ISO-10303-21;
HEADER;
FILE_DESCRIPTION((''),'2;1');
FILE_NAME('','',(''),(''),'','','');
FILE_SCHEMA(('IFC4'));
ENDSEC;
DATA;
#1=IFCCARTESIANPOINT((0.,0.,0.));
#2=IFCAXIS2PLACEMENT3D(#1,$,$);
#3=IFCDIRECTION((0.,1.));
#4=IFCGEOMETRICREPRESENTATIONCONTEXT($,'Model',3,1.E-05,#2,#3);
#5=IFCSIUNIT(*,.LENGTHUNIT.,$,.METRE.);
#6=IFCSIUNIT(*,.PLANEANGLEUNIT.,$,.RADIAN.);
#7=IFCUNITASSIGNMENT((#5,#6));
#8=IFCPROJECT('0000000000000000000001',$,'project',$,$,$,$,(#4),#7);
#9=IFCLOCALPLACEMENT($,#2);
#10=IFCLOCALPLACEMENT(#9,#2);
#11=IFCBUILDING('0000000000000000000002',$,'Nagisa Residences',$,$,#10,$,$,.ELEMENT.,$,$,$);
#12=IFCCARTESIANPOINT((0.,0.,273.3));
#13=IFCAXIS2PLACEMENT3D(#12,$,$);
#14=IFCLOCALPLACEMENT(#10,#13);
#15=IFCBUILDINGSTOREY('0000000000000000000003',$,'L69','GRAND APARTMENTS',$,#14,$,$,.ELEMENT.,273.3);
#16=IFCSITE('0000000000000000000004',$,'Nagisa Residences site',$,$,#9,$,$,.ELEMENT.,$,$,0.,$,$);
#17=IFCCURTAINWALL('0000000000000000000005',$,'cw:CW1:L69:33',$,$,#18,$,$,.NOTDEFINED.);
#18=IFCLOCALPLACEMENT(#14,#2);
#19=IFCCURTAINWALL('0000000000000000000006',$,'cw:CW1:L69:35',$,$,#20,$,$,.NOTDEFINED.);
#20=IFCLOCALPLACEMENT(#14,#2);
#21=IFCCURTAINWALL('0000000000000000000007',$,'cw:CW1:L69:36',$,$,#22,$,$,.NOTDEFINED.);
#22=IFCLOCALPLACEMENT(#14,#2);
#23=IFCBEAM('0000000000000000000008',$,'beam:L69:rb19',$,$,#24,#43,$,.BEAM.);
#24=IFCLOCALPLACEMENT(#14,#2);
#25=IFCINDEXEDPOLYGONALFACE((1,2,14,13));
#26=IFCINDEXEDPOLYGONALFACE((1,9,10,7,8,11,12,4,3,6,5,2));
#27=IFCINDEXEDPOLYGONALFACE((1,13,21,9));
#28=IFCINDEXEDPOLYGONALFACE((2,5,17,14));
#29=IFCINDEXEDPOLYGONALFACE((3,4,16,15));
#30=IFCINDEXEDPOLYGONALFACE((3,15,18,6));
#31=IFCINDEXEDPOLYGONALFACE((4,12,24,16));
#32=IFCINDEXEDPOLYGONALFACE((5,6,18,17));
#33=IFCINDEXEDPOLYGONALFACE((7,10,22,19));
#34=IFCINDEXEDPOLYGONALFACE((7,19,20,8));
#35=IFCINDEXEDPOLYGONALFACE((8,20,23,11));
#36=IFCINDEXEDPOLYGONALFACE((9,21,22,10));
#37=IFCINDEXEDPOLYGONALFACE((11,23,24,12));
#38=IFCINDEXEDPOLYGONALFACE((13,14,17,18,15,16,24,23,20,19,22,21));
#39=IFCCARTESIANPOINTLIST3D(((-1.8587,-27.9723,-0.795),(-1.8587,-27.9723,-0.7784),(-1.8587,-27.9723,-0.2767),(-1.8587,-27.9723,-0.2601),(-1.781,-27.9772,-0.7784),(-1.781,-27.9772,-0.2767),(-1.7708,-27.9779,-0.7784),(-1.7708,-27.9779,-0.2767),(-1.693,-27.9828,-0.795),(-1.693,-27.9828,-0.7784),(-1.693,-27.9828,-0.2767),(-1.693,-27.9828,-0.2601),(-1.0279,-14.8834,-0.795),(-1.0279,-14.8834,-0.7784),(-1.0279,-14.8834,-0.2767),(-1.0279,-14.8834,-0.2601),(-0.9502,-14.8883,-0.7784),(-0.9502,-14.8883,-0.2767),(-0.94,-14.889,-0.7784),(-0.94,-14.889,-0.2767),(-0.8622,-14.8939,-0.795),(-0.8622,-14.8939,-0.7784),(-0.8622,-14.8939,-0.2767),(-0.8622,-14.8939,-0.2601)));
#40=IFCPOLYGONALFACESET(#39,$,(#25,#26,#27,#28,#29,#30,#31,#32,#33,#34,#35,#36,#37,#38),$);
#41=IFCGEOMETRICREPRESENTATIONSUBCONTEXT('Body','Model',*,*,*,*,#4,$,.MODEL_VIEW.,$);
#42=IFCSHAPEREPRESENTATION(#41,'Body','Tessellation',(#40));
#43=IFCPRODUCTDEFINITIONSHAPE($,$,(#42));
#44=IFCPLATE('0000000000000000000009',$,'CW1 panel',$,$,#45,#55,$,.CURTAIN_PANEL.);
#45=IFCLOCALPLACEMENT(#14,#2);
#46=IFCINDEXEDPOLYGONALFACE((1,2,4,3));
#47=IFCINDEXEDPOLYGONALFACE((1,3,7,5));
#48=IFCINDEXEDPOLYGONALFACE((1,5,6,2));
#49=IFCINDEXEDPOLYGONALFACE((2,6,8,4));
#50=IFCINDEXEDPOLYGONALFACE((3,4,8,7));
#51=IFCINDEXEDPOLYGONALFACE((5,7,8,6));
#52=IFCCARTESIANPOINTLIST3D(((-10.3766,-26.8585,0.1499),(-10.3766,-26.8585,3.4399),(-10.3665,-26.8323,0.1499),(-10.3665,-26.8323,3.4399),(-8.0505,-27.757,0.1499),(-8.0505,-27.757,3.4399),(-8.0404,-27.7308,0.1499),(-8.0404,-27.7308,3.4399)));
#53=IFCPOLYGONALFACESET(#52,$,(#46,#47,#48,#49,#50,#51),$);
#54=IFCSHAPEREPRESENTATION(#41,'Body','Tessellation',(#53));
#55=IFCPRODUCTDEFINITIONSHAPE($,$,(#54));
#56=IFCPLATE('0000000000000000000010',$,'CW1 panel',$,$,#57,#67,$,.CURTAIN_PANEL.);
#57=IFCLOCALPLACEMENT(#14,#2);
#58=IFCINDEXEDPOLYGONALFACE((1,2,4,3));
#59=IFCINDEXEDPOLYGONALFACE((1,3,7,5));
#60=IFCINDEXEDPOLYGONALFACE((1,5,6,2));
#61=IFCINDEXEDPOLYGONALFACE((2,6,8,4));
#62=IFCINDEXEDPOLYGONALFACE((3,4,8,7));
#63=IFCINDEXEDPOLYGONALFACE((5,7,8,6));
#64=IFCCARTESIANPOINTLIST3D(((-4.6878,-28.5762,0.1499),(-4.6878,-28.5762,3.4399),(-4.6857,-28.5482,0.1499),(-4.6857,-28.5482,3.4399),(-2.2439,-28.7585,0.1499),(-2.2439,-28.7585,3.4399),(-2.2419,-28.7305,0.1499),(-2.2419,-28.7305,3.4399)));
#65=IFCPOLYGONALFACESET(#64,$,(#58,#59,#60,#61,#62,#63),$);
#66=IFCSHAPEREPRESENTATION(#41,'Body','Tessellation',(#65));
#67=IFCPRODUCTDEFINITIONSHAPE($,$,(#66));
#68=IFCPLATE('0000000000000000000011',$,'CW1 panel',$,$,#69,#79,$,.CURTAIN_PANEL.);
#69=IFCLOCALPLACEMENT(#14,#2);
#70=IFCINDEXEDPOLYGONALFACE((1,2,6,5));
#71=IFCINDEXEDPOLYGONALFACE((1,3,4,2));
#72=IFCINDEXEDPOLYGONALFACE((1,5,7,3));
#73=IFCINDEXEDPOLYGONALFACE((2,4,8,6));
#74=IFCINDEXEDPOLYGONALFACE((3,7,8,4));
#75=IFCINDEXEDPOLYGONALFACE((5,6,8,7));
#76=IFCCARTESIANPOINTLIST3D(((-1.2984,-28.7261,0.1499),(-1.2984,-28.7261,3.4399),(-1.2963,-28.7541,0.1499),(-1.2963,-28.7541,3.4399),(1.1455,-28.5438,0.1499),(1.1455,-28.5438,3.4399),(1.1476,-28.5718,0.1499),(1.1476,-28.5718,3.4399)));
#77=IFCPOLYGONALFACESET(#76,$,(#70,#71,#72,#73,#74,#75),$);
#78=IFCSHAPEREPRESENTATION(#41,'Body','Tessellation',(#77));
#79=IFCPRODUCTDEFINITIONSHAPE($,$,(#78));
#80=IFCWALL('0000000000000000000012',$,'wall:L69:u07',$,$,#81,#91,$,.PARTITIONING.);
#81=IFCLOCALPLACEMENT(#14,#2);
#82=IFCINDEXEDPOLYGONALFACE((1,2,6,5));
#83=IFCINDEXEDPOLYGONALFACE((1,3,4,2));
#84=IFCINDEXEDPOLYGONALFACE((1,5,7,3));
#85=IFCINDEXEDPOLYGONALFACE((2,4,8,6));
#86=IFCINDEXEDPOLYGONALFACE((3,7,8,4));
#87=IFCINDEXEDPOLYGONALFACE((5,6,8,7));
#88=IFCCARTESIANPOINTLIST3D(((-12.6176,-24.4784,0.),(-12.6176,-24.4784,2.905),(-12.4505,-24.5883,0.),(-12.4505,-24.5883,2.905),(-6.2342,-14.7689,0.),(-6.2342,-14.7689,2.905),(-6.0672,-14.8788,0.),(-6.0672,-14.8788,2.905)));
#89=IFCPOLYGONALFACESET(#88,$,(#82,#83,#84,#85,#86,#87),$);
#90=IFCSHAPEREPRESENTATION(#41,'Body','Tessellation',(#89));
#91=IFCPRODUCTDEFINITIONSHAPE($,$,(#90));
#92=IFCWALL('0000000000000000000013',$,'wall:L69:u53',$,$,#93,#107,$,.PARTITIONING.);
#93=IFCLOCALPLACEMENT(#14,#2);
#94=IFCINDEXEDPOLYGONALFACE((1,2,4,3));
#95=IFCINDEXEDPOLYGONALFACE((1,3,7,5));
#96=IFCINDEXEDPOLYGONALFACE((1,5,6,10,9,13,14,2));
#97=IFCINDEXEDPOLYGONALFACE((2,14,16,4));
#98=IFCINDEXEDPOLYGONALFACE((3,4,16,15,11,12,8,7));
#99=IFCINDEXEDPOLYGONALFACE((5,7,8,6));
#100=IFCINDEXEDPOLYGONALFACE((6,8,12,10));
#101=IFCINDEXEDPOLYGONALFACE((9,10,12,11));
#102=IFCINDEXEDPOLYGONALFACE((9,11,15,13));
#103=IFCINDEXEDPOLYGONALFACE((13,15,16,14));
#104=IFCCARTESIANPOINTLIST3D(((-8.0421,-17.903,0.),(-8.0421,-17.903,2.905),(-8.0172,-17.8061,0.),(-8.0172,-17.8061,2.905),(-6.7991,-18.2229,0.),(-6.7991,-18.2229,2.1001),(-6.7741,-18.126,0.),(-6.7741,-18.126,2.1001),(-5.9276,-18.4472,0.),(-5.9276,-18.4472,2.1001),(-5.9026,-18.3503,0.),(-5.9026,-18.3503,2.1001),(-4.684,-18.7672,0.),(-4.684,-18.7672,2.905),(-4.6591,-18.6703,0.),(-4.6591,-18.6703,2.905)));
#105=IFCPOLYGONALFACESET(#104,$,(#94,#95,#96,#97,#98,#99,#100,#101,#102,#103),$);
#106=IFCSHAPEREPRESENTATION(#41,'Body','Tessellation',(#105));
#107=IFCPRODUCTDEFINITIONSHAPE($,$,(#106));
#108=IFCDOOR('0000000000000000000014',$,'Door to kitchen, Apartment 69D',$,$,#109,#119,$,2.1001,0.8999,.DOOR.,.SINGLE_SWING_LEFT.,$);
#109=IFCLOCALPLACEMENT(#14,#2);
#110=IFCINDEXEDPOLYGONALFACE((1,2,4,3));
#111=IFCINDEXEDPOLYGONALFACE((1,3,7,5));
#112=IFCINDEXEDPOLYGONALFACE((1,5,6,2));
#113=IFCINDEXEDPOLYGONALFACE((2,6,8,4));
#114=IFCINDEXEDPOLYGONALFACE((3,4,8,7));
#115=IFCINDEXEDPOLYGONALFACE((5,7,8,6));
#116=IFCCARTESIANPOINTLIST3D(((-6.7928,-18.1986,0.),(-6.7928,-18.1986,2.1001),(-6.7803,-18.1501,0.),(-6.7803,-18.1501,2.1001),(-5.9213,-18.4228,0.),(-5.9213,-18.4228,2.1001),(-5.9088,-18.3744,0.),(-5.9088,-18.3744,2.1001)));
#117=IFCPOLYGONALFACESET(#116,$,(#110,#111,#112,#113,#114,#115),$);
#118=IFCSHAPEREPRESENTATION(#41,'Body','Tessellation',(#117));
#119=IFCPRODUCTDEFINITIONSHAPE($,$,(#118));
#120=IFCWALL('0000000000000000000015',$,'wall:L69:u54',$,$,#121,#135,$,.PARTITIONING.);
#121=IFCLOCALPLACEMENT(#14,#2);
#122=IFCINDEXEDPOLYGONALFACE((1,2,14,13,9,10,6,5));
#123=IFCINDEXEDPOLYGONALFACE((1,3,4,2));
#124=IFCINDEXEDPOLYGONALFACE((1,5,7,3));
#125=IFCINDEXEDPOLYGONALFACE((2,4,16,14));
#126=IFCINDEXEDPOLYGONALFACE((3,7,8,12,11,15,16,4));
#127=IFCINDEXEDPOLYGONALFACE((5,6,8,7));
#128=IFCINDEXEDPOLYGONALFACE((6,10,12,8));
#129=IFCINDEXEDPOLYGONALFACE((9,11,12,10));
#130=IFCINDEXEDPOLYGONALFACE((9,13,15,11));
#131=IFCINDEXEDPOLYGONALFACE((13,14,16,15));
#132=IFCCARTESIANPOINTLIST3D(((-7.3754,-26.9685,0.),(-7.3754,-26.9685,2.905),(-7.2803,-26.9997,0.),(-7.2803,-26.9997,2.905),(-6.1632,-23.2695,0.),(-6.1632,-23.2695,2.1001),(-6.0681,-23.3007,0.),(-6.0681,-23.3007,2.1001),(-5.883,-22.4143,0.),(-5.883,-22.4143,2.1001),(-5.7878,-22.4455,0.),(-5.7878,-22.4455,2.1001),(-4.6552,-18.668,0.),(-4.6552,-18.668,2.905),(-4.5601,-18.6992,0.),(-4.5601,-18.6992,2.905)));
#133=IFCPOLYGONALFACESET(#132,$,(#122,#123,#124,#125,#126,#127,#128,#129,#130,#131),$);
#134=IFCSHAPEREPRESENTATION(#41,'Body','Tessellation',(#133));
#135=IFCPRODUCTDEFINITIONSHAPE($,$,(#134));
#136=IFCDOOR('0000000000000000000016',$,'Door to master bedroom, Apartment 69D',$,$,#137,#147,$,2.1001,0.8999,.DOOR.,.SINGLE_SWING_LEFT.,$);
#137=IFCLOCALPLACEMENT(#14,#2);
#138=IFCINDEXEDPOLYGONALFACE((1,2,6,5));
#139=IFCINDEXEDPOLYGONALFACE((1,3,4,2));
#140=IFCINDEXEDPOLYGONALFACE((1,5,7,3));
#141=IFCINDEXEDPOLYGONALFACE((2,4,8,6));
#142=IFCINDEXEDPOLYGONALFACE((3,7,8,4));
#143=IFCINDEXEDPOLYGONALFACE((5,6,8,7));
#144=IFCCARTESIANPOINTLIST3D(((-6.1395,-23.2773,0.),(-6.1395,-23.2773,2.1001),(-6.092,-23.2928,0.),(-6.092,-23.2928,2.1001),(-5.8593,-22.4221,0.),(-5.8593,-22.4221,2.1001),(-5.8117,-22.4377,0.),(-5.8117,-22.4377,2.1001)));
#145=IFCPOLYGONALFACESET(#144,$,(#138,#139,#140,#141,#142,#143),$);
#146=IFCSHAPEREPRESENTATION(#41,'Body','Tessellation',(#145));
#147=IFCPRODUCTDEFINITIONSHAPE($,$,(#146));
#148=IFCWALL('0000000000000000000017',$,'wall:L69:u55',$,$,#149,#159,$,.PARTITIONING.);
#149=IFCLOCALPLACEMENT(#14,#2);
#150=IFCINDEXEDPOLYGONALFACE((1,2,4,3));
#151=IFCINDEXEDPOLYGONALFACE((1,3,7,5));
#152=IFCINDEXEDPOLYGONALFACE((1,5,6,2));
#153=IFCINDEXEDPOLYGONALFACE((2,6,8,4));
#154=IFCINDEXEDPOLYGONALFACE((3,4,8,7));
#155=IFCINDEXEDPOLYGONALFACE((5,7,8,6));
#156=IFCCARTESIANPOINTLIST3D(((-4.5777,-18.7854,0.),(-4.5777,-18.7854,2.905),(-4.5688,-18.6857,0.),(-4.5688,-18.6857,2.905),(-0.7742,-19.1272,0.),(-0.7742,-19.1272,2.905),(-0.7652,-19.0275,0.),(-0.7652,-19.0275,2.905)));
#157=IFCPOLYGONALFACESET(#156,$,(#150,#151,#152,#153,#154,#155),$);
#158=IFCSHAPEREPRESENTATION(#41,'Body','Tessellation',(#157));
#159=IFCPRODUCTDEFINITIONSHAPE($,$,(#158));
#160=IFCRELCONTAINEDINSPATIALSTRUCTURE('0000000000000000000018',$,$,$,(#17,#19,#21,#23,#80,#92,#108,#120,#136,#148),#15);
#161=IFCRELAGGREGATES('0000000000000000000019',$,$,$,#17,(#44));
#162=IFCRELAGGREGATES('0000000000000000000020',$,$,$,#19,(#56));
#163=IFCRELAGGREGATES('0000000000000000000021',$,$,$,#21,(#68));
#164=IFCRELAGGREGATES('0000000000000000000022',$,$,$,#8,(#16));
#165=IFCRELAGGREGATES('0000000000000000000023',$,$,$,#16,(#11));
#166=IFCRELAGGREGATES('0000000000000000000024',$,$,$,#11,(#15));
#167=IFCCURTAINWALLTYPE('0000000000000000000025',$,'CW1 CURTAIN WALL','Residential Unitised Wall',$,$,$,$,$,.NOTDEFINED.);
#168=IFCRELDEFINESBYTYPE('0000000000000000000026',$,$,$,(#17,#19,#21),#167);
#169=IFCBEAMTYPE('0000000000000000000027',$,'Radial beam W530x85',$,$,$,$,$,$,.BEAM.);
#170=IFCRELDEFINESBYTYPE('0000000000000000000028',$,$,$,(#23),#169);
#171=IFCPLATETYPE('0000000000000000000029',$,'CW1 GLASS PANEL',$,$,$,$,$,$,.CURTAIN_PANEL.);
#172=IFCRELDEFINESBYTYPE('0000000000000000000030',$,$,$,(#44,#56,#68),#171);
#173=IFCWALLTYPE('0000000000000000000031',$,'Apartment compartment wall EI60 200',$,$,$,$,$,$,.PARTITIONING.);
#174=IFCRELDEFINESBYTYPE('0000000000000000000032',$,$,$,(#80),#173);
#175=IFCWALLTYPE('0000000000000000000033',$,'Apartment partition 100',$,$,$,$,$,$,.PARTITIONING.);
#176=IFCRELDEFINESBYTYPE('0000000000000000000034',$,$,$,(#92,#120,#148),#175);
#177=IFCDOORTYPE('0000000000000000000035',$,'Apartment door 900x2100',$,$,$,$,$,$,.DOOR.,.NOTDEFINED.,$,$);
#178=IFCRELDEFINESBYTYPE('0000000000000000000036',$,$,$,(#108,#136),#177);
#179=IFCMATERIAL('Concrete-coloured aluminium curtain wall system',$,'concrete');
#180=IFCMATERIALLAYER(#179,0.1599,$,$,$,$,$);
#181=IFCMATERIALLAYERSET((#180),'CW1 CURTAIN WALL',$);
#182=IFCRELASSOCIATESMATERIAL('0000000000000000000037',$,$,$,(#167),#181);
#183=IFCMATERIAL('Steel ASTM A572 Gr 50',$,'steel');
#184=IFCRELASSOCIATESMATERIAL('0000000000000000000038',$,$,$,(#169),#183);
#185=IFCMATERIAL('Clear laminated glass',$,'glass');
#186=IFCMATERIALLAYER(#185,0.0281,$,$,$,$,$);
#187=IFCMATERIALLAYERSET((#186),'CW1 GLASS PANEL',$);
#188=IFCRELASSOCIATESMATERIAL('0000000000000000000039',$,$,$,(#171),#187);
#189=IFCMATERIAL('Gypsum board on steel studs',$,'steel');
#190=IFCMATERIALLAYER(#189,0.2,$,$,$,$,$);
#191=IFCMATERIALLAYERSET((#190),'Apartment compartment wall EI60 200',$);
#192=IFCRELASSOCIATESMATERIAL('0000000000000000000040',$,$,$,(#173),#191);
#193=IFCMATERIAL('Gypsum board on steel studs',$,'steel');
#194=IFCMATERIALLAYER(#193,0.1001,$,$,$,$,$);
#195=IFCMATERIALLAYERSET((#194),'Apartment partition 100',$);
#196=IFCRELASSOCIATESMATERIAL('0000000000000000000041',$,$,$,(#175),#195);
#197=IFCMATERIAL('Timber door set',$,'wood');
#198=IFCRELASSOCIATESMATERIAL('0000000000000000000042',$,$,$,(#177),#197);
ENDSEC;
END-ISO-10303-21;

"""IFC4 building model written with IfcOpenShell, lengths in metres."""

from ifc_helpers import new_model, si_unit, direction, frame, frame_2d, origin, origin_2d, place, context, subcontext, project, spatial, rectangle, i_section, extrude, material, layer, layer_set, material_profile, profile_set, type_object, element, fill, aggregate, save


model = new_model("IFC4")

# Units and contexts
model_context = context("Model", 3, precision=1e-05, world=origin(), true_north=direction((0.0, 1.0)))
body_context = subcontext(model_context, "Body", "Model", "MODEL_VIEW")
ifc_project = project(units=[si_unit("LENGTHUNIT", "METRE"), si_unit("PLANEANGLEUNIT", "RADIAN")], contexts=[model_context])

# Site, building, storey
site_placement = place(None, origin())
site = spatial("IfcSite", under=ifc_project, at=site_placement, Name="Nagisa Residences site", CompositionType="ELEMENT", RefElevation=0.0)
building_placement = place(site_placement, origin())
building = spatial("IfcBuilding", under=site, at=building_placement, Name="Nagisa Residences", CompositionType="ELEMENT")
storey_placement = place(building_placement, frame((0.0, 0.0, 273.3)))
storey = spatial("IfcBuildingStorey", under=building, at=storey_placement, Name="L69", Description="GRAND APARTMENTS", CompositionType="ELEMENT", Elevation=273.3)

# Curtain walls
ifc_material_1 = material(Name="Concrete-coloured aluminium curtain wall system", Category="concrete")
ifc_layer_1 = layer(ifc_material_1, 0.1599)
ifc_layer_set_1 = layer_set([ifc_layer_1], Name="CW1 CURTAIN WALL")
curtain_wall_type = type_object("IfcCurtainWallType", Name="CW1 CURTAIN WALL", Description="Residential Unitised Wall", PredefinedType="NOTDEFINED", material=ifc_layer_set_1)
curtain_wall_1_placement = place(storey_placement, origin())
curtain_wall_1 = element("IfcCurtainWall", 1, at=curtain_wall_1_placement, inside=storey, type_object=curtain_wall_type, Name="cw:CW1:L69:33", PredefinedType="NOTDEFINED")
curtain_wall_2_placement = place(storey_placement, origin())
curtain_wall_2 = element("IfcCurtainWall", 2, at=curtain_wall_2_placement, inside=storey, type_object=curtain_wall_type, Name="cw:CW1:L69:35", PredefinedType="NOTDEFINED")
curtain_wall_3_placement = place(storey_placement, origin())
curtain_wall_3 = element("IfcCurtainWall", 3, at=curtain_wall_3_placement, inside=storey, type_object=curtain_wall_type, Name="cw:CW1:L69:36", PredefinedType="NOTDEFINED")

# Beam
ifc_material_2 = material(Name="Steel ASTM A572 Gr 50", Category="steel")
ifc_material_profile_1 = material_profile(ifc_material_2, i_section(OverallWidth=0.166, OverallDepth=0.5349, WebThickness=0.0103, FlangeThickness=0.0166, at=origin_2d()), Name="W530x85")
ifc_profile_set_1 = profile_set([ifc_material_profile_1], Name="Steel ASTM A572 Gr 50")
beam_type_1 = type_object("IfcBeamType", Name="Radial beam W530x85", PredefinedType="BEAM", material=ifc_profile_set_1)
beam_1_placement = place(storey_placement, frame((-1.7759, -27.9775, -0.5276), z_axis=(0.063347, 0.997992, 0.0), x_axis=(-0.997992, 0.063347, 0.0)))
element("IfcBeam", 4, at=beam_1_placement, inside=storey, type_object=beam_type_1, Name="beam:L69:rb19", PredefinedType="BEAM", context=body_context, shape_type="SweptSolid", body=[
    extrude(i_section(OverallWidth=0.166, OverallDepth=0.5349, WebThickness=0.0103, FlangeThickness=0.0166, at=origin_2d()), origin(), (0.0, 0.0, 1.0), 13.1152),
])

# Plates
ifc_material_3 = material(Name="Clear laminated glass", Category="glass")
ifc_layer_2 = layer(ifc_material_3, 0.0281)
ifc_layer_set_2 = layer_set([ifc_layer_2], Name="CW1 GLASS PANEL")
plate_type = type_object("IfcPlateType", Name="CW1 GLASS PANEL", PredefinedType="CURTAIN_PANEL", material=ifc_layer_set_2)
plate_1_placement = place(storey_placement, frame((-9.2085, -27.2947, 0.1499), z_axis=(0.0, 0.0, 1.0), x_axis=(0.932826, -0.360328, 0.0)))
plate_1 = element("IfcPlate", 5, at=plate_1_placement, type_object=plate_type, Name="CW1 panel", PredefinedType="CURTAIN_PANEL", context=body_context, shape_type="SweptSolid", body=[
    extrude(rectangle(XDim=2.4937, YDim=0.0281, at=origin_2d()), origin(), (0.0, 0.0, 1.0), 3.29),
])
aggregate(curtain_wall_1, [plate_1])
plate_2_placement = place(storey_placement, frame((-3.4648, -28.6533, 0.1499), z_axis=(0.0, 0.0, 1.0), x_axis=(0.99723, -0.074377, 0.0)))
plate_2 = element("IfcPlate", 6, at=plate_2_placement, type_object=plate_type, Name="CW1 panel", PredefinedType="CURTAIN_PANEL", context=body_context, shape_type="SweptSolid", body=[
    extrude(rectangle(XDim=2.4507, YDim=0.0281, at=origin_2d()), origin(), (0.0, 0.0, 1.0), 3.29),
])
aggregate(curtain_wall_2, [plate_2])
plate_3_placement = place(storey_placement, frame((-0.0754, -28.6489, 0.1499), z_axis=(0.0, 0.0, 1.0), x_axis=(0.99723, 0.074377, 0.0)))
plate_3 = element("IfcPlate", 7, at=plate_3_placement, type_object=plate_type, Name="CW1 panel", PredefinedType="CURTAIN_PANEL", context=body_context, shape_type="SweptSolid", body=[
    extrude(rectangle(XDim=2.4507, YDim=0.0281, at=origin_2d()), origin(), (0.0, 0.0, 1.0), 3.29),
])
aggregate(curtain_wall_3, [plate_3])

# Wall
ifc_material_4 = material(Name="Gypsum board on steel studs", Category="steel")
ifc_layer_3 = layer(ifc_material_4, 0.2)
ifc_layer_set_3 = layer_set([ifc_layer_3], Name="Apartment compartment wall EI60 200")
wall_type_1 = type_object("IfcWallType", Name="Apartment compartment wall EI60 200", PredefinedType="PARTITIONING", material=ifc_layer_set_3)
wall_1_placement = place(storey_placement, frame((-6.1506, -14.8237, 0.0), z_axis=(0.0, 0.0, 1.0), x_axis=(-0.549346, -0.835595, 0.0)))
element("IfcWall", 8, at=wall_1_placement, inside=storey, type_object=wall_type_1, Name="wall:L69:u07", PredefinedType="PARTITIONING", context=body_context, shape_type="SweptSolid", body=[
    extrude(rectangle(XDim=11.6199, YDim=0.2, at=frame_2d((5.8101, 0.0))), origin(), (0.0, 0.0, 1.0), 2.905),
])

# Walls, openings, doors
ifc_material_5 = material(Name="Gypsum board on steel studs", Category="steel")
ifc_layer_4 = layer(ifc_material_5, 0.1001)
ifc_layer_set_4 = layer_set([ifc_layer_4], Name="Apartment partition 100")
wall_type_2 = type_object("IfcWallType", Name="Apartment partition 100", PredefinedType="PARTITIONING", material=ifc_layer_set_4)
wall_2_placement = place(storey_placement, frame((-8.0298, -17.8545, 0.0), z_axis=(0.0, 0.0, 1.0), x_axis=(0.968442, -0.249239, 0.0)))
wall_2 = element("IfcWall", 9, at=wall_2_placement, inside=storey, type_object=wall_type_2, Name="wall:L69:u53", PredefinedType="PARTITIONING", context=body_context, shape_type="SweptSolid", body=[
    extrude(rectangle(XDim=3.4675, YDim=0.1001, at=frame_2d((1.7339, 0.0))), origin(), (0.0, 0.0, 1.0), 2.905),
])
opening_1_placement = place(wall_2_placement, frame((1.2837, 0.0, 0.0)))
opening_1 = element("IfcOpeningElement", 10, at=opening_1_placement, cuts=wall_2, PredefinedType="OPENING", context=body_context, shape_type="SweptSolid", body=[
    extrude(rectangle(XDim=0.8999, YDim=2.1001, at=frame_2d((0.45, 1.05))), frame((0.0, 0.0601, 0.0), z_axis=(0.0, -1.0, 0.0), x_axis=(1.0, 0.0, 0.0)), (0.0, 0.0, 1.0), 0.1201),
])
ifc_material_6 = material(Name="Timber door set", Category="wood")
door_type_1 = type_object("IfcDoorType", Name="Apartment door 900x2100", OperationType="NOTDEFINED", PredefinedType="DOOR", material=ifc_material_6)
door_1_placement = place(opening_1_placement, frame((0.8999, 0.0, 0.0), x_axis=(-1.0, 0.0, 0.0)))
door_1 = element("IfcDoor", 11, at=door_1_placement, inside=storey, type_object=door_type_1, Name="Door to kitchen, Apartment 69D", OperationType="SINGLE_SWING_LEFT", OverallHeight=2.1001, OverallWidth=0.8999, PredefinedType="DOOR", context=body_context, shape_type="SweptSolid", body=[
    extrude(rectangle(XDim=0.8999, YDim=2.1001, at=frame_2d((0.45, 1.05))), frame((0.0, 0.0249, 0.0), z_axis=(0.0, -1.0, 0.0), x_axis=(1.0, 0.0, 0.0)), (0.0, 0.0, 1.0), 0.05),
])
fill(opening_1, door_1)
wall_3_placement = place(storey_placement, frame((-4.6077, -18.6836, 0.0), z_axis=(0.0, 0.0, 1.0), x_axis=(-0.311419, -0.950273, 0.0)))
wall_3 = element("IfcWall", 12, at=wall_3_placement, inside=storey, type_object=wall_type_2, Name="wall:L69:u54", PredefinedType="PARTITIONING", context=body_context, shape_type="SweptSolid", body=[
    extrude(rectangle(XDim=8.7349, YDim=0.1001, at=frame_2d((4.3674, 0.0))), origin(), (0.0, 0.0, 1.0), 2.905),
])
opening_2_placement = place(wall_3_placement, frame((3.9424, 0.0, 0.0)))
opening_2 = element("IfcOpeningElement", 13, at=opening_2_placement, cuts=wall_3, PredefinedType="OPENING", context=body_context, shape_type="SweptSolid", body=[
    extrude(rectangle(XDim=0.8999, YDim=2.1001, at=frame_2d((0.45, 1.05))), frame((0.0, 0.0601, 0.0), z_axis=(0.0, -1.0, 0.0), x_axis=(1.0, 0.0, 0.0)), (0.0, 0.0, 1.0), 0.1201),
])
door_2_placement = place(opening_2_placement, origin())
door_2 = element("IfcDoor", 14, at=door_2_placement, inside=storey, type_object=door_type_1, Name="Door to master bedroom, Apartment 69D", OperationType="SINGLE_SWING_LEFT", OverallHeight=2.1001, OverallWidth=0.8999, PredefinedType="DOOR", context=body_context, shape_type="SweptSolid", body=[
    extrude(rectangle(XDim=0.8999, YDim=2.1001, at=frame_2d((0.45, 1.05))), frame((0.0, 0.0249, 0.0), z_axis=(0.0, -1.0, 0.0), x_axis=(1.0, 0.0, 0.0)), (0.0, 0.0, 1.0), 0.05),
])
fill(opening_2, door_2)

# Wall
wall_4_placement = place(storey_placement, frame((-4.5732, -18.7356, 0.0), z_axis=(0.0, 0.0, 1.0), x_axis=(0.995986, -0.089504, 0.0)))
element("IfcWall", 15, at=wall_4_placement, inside=storey, type_object=wall_type_2, Name="wall:L69:u55", PredefinedType="PARTITIONING", context=body_context, shape_type="SweptSolid", body=[
    extrude(rectangle(XDim=3.8188, YDim=0.1001, at=frame_2d((1.9094, 0.0))), origin(), (0.0, 0.0, 1.0), 2.905),
])

save(model, "model.ifc")
